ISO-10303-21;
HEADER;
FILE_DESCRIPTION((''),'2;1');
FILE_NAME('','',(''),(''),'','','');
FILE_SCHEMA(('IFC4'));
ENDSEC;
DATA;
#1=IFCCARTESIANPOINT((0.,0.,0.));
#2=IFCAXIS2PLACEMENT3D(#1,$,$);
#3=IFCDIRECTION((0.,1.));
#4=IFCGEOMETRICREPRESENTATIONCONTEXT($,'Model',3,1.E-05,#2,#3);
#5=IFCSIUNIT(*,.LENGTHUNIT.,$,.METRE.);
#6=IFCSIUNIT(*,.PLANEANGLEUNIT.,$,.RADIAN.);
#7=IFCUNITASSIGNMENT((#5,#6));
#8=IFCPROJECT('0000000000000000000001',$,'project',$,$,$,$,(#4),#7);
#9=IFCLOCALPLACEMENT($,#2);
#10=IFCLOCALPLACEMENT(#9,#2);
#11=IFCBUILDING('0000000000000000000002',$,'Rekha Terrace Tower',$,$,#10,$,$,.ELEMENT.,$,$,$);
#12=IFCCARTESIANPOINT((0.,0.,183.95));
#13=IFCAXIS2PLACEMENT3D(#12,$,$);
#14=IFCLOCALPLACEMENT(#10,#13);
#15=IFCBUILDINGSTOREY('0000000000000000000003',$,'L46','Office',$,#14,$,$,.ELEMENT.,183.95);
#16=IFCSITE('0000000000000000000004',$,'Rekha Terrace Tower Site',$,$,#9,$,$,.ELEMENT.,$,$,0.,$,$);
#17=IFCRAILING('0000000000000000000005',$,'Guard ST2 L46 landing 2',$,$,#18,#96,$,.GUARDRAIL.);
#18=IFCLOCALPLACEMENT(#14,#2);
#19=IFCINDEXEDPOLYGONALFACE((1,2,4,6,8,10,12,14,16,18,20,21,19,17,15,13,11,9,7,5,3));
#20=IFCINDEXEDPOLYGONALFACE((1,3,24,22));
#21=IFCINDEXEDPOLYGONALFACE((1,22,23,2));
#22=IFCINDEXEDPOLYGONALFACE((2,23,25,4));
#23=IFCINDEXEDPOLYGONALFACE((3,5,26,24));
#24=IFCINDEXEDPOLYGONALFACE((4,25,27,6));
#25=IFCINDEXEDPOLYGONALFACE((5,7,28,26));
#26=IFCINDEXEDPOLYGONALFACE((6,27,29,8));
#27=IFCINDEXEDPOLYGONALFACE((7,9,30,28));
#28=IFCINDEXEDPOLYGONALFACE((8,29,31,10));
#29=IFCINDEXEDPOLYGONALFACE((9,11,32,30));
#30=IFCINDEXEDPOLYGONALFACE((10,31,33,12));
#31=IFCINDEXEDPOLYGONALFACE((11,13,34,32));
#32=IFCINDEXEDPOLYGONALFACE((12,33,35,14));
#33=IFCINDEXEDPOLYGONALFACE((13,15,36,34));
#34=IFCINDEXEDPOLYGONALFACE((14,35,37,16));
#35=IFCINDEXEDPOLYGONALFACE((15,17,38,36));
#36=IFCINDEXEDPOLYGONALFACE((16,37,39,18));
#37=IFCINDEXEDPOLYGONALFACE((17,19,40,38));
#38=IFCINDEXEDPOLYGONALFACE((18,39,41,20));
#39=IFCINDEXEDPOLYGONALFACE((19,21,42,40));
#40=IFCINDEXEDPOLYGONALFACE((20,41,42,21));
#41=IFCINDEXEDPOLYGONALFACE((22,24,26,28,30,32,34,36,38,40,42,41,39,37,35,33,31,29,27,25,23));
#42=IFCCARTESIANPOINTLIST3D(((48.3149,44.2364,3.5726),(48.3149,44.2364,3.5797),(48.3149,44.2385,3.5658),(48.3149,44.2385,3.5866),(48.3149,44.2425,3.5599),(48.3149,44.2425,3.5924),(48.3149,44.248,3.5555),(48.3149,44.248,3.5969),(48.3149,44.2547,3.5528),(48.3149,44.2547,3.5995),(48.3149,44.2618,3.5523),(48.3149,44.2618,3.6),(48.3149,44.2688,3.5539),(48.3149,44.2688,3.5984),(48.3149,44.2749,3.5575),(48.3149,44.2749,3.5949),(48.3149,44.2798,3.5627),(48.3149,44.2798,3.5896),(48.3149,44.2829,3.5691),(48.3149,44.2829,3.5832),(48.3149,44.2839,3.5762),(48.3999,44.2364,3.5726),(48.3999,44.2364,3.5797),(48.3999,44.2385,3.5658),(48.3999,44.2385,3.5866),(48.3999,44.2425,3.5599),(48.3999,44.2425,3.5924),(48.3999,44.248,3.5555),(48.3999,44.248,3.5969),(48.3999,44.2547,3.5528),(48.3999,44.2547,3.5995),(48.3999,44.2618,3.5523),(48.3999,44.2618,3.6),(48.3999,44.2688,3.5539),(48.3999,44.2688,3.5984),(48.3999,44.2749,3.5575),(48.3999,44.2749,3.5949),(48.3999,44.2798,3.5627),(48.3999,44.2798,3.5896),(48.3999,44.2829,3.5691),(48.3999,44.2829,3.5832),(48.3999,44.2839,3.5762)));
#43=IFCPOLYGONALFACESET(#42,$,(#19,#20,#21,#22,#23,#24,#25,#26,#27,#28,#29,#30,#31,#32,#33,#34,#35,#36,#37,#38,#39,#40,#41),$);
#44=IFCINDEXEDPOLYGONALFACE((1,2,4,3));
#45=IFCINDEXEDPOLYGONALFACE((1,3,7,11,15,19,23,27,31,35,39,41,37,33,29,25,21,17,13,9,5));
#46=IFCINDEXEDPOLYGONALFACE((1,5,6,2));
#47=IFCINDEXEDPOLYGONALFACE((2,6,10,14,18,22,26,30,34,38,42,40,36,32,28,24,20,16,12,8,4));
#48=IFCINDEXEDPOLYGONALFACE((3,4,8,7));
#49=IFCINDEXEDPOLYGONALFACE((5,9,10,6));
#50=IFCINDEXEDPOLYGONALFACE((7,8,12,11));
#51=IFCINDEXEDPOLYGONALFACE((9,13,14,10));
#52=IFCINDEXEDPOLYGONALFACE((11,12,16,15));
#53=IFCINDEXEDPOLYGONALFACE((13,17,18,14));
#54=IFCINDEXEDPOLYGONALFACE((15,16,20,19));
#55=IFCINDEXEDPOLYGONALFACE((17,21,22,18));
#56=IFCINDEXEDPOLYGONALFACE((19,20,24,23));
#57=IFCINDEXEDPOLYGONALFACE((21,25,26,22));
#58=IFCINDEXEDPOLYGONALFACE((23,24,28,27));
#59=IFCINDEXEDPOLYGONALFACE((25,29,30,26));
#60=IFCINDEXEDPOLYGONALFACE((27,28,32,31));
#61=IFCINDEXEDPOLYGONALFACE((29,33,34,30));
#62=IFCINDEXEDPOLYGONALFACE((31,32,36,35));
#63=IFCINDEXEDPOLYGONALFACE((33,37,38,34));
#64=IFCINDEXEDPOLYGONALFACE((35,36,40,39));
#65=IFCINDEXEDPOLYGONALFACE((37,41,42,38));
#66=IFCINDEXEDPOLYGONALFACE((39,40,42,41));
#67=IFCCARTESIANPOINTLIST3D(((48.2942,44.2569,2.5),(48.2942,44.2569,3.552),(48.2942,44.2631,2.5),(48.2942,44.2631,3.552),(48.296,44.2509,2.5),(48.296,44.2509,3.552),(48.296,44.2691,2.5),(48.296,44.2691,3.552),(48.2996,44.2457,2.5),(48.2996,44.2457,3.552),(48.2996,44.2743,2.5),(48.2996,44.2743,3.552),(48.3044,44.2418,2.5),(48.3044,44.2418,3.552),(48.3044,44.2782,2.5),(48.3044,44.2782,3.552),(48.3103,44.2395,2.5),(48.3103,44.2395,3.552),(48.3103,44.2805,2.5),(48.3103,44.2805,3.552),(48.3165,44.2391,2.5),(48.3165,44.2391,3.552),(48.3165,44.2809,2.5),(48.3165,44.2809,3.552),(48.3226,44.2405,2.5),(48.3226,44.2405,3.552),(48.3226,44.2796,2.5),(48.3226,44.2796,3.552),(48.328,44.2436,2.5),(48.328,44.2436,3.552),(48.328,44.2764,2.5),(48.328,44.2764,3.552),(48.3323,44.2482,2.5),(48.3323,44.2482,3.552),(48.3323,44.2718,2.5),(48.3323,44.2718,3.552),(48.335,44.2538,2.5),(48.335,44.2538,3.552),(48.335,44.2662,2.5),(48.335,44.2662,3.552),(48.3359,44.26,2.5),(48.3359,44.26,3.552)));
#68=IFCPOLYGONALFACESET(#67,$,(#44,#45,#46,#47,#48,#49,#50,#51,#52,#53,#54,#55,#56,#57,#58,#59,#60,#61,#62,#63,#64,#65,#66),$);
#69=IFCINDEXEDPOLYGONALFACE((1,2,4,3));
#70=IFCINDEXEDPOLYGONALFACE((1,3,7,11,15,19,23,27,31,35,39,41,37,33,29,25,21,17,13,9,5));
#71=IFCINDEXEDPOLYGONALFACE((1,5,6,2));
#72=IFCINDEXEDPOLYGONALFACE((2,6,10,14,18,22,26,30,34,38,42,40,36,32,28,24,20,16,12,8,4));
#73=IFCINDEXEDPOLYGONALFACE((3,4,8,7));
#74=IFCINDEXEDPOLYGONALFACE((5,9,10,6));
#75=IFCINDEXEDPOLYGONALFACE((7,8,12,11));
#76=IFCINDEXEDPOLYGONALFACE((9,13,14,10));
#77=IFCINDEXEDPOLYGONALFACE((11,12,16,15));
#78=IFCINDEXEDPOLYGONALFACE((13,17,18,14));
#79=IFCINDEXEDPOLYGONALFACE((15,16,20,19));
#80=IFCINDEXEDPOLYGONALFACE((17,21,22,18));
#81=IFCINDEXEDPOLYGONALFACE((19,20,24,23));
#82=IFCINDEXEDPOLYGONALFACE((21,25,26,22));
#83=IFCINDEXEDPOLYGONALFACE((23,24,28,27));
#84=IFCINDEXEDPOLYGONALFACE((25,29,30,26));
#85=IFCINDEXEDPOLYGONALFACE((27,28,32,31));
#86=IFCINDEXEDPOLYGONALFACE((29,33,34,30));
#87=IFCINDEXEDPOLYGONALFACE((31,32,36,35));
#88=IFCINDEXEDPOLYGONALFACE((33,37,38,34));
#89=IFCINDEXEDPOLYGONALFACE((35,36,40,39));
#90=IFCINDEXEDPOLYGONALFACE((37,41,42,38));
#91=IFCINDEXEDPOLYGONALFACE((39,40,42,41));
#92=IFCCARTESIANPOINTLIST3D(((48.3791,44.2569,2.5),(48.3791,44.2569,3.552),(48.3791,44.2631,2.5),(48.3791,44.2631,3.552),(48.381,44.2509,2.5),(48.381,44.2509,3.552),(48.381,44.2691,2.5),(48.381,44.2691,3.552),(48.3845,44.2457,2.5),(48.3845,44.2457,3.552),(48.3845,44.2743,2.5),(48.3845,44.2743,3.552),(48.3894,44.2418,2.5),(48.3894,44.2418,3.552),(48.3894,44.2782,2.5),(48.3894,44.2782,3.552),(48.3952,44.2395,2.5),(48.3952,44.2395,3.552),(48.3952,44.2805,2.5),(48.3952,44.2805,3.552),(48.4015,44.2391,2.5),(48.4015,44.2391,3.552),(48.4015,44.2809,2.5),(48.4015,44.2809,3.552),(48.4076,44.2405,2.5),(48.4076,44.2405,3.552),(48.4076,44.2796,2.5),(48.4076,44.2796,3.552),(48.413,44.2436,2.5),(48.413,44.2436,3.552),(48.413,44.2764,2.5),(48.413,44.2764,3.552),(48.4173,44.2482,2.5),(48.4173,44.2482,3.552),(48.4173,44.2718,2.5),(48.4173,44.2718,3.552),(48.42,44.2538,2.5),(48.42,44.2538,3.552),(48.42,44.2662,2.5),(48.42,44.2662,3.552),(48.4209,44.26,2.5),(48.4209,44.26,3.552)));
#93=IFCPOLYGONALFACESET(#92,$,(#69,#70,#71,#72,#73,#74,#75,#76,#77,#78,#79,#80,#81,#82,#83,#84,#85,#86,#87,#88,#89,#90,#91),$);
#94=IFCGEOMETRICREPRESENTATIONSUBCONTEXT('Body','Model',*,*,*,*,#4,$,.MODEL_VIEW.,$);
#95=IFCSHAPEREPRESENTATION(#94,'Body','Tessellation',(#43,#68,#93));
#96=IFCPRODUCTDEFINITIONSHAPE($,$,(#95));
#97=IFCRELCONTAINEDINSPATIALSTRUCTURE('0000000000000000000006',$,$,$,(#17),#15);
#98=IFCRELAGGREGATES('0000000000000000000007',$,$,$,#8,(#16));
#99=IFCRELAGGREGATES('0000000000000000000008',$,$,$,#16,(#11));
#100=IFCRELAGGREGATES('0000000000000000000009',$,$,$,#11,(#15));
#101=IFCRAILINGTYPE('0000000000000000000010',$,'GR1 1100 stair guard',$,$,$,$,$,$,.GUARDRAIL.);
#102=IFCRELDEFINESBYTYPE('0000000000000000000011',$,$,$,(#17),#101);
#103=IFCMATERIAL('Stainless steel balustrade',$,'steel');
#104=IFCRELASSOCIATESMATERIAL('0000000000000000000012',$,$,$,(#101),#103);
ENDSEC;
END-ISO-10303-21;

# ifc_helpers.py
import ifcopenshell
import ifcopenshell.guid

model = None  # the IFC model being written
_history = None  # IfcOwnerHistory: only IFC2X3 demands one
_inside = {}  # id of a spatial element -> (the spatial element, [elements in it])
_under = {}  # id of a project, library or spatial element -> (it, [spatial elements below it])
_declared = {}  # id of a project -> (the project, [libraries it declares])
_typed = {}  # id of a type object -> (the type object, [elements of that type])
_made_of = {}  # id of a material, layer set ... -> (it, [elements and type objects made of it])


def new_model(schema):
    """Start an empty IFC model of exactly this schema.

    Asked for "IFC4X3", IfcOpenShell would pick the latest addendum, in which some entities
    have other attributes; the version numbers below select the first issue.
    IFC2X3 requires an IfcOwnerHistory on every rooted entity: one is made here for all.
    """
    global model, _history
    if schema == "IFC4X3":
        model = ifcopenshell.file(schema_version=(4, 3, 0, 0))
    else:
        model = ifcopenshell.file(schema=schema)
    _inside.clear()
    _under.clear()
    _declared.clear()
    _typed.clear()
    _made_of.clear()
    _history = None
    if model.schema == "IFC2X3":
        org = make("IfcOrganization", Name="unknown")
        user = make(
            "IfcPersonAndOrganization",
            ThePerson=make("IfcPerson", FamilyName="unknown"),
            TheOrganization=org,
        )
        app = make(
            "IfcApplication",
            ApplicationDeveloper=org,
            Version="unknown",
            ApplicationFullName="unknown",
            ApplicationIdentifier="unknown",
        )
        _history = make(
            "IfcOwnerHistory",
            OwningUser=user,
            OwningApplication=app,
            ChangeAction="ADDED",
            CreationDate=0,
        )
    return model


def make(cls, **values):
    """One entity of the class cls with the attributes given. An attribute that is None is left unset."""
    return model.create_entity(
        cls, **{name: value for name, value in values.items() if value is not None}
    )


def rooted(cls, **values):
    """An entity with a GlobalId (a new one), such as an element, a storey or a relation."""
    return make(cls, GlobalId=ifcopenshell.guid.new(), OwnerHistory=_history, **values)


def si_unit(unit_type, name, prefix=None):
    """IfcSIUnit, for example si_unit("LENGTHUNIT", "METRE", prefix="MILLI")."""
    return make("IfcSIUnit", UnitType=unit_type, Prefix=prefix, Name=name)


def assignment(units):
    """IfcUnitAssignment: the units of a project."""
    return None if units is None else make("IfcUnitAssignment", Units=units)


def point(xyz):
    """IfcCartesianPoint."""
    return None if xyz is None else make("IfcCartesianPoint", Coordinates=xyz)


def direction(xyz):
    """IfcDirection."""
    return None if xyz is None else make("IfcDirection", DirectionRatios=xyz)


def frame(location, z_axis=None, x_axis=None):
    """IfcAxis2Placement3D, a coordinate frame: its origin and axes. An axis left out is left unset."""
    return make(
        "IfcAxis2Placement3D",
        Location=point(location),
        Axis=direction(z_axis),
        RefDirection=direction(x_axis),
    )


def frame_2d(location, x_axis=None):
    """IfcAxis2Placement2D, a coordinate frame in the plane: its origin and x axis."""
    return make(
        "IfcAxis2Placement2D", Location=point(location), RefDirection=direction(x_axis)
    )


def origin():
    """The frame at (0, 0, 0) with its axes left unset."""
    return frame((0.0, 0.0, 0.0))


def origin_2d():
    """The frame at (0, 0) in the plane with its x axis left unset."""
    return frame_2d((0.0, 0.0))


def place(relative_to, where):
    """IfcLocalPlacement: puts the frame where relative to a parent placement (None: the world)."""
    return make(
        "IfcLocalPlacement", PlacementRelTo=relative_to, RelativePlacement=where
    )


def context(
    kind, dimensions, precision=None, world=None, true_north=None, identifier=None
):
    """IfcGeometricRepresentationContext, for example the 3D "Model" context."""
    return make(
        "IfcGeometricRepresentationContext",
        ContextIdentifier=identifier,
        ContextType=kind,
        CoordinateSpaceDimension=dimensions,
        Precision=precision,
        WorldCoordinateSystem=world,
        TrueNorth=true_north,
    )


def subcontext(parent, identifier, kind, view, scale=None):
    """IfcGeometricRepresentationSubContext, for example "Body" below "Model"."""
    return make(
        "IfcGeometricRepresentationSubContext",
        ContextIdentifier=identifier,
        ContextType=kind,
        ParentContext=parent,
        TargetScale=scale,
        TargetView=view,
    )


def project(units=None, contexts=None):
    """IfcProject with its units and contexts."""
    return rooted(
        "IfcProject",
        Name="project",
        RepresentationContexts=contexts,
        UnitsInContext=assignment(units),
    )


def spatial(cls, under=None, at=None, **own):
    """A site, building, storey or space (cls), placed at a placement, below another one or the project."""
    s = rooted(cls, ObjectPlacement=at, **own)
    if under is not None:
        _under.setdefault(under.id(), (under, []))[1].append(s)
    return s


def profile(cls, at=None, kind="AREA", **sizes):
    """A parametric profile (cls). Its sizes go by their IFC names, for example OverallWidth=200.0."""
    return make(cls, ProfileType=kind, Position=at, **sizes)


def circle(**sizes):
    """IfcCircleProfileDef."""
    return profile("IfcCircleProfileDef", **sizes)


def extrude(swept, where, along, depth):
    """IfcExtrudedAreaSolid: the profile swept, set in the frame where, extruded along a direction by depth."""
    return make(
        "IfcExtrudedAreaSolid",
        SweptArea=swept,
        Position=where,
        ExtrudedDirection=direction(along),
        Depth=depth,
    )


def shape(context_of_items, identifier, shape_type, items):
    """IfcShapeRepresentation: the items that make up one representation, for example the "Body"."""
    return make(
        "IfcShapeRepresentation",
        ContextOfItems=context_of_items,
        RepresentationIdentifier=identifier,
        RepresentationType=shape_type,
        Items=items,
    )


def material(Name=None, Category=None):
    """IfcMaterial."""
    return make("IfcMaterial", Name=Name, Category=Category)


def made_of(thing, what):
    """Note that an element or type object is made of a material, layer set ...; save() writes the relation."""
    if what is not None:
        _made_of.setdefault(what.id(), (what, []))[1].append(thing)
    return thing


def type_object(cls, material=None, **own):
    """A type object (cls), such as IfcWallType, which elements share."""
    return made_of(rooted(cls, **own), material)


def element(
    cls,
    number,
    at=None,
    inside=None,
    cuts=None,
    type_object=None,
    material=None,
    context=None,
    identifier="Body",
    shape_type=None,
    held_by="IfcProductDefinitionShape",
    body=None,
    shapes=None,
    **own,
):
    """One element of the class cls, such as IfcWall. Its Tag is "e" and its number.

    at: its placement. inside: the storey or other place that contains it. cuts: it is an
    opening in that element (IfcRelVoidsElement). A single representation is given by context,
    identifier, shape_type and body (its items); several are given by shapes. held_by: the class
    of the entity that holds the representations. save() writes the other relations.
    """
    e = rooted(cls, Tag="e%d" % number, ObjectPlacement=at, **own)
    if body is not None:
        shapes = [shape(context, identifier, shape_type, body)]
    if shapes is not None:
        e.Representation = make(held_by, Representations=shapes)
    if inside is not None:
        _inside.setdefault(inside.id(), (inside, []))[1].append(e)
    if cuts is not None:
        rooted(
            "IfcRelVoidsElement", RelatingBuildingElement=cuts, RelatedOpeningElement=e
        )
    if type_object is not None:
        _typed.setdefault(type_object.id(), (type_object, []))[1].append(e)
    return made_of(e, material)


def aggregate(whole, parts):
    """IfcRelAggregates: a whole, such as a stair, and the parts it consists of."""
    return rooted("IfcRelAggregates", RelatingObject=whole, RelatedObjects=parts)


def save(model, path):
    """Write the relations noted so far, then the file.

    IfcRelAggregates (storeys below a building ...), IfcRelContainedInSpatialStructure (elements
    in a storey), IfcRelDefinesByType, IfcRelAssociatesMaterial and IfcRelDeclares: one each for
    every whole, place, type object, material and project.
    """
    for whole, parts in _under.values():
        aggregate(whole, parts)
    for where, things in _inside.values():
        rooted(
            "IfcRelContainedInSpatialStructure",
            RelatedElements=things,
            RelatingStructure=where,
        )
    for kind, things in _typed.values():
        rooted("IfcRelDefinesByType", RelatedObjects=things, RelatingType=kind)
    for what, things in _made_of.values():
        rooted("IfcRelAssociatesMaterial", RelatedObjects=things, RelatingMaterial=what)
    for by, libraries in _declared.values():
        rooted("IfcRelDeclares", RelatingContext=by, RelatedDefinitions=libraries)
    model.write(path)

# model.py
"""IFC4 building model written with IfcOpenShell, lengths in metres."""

from ifc_helpers import new_model, si_unit, direction, frame, origin, origin_2d, place, context, subcontext, project, spatial, circle, extrude, material, type_object, element, save


model = new_model("IFC4")

# Units and contexts
model_context = context("Model", 3, precision=1e-05, world=origin(), true_north=direction((0.0, 1.0)))
body_context = subcontext(model_context, "Body", "Model", "MODEL_VIEW")
ifc_project = project(units=[si_unit("LENGTHUNIT", "METRE"), si_unit("PLANEANGLEUNIT", "RADIAN")], contexts=[model_context])

# Site, building, storey
site_placement = place(None, origin())
site = spatial("IfcSite", under=ifc_project, at=site_placement, Name="Rekha Terrace Tower Site", CompositionType="ELEMENT", RefElevation=0.0)
building_placement = place(site_placement, origin())
building = spatial("IfcBuilding", under=site, at=building_placement, Name="Rekha Terrace Tower", CompositionType="ELEMENT")
storey_placement = place(building_placement, frame((0.0, 0.0, 183.95)))
storey = spatial("IfcBuildingStorey", under=building, at=storey_placement, Name="L46", Description="Office", CompositionType="ELEMENT", Elevation=183.95)

# Railing
ifc_material_1 = material(Name="Stainless steel balustrade", Category="steel")
railing_type_1 = type_object("IfcRailingType", Name="GR1 1100 stair guard", PredefinedType="GUARDRAIL", material=ifc_material_1)
railing_1_placement = place(storey_placement, frame((48.3149, 44.26, 2.5)))
element("IfcRailing", 1, at=railing_1_placement, inside=storey, type_object=railing_type_1, Name="Guard ST2 L46 landing 2", PredefinedType="GUARDRAIL", context=body_context, shape_type="SweptSolid", body=[
    extrude(circle(Radius=0.0239, at=origin_2d()), frame((0.0, 0.0, 1.0762), z_axis=(1.0, 0.0, 0.0), x_axis=(0.0, 1.0, 0.0)), (0.0, 0.0, 1.0), 0.085),
    extrude(circle(Radius=0.021, at=origin_2d()), origin(), (0.0, 0.0, 1.0), 1.052),
    extrude(circle(Radius=0.021, at=origin_2d()), frame((0.085, 0.0, 0.0)), (0.0, 0.0, 1.0), 1.052),
])

save(model, "model.ifc")
